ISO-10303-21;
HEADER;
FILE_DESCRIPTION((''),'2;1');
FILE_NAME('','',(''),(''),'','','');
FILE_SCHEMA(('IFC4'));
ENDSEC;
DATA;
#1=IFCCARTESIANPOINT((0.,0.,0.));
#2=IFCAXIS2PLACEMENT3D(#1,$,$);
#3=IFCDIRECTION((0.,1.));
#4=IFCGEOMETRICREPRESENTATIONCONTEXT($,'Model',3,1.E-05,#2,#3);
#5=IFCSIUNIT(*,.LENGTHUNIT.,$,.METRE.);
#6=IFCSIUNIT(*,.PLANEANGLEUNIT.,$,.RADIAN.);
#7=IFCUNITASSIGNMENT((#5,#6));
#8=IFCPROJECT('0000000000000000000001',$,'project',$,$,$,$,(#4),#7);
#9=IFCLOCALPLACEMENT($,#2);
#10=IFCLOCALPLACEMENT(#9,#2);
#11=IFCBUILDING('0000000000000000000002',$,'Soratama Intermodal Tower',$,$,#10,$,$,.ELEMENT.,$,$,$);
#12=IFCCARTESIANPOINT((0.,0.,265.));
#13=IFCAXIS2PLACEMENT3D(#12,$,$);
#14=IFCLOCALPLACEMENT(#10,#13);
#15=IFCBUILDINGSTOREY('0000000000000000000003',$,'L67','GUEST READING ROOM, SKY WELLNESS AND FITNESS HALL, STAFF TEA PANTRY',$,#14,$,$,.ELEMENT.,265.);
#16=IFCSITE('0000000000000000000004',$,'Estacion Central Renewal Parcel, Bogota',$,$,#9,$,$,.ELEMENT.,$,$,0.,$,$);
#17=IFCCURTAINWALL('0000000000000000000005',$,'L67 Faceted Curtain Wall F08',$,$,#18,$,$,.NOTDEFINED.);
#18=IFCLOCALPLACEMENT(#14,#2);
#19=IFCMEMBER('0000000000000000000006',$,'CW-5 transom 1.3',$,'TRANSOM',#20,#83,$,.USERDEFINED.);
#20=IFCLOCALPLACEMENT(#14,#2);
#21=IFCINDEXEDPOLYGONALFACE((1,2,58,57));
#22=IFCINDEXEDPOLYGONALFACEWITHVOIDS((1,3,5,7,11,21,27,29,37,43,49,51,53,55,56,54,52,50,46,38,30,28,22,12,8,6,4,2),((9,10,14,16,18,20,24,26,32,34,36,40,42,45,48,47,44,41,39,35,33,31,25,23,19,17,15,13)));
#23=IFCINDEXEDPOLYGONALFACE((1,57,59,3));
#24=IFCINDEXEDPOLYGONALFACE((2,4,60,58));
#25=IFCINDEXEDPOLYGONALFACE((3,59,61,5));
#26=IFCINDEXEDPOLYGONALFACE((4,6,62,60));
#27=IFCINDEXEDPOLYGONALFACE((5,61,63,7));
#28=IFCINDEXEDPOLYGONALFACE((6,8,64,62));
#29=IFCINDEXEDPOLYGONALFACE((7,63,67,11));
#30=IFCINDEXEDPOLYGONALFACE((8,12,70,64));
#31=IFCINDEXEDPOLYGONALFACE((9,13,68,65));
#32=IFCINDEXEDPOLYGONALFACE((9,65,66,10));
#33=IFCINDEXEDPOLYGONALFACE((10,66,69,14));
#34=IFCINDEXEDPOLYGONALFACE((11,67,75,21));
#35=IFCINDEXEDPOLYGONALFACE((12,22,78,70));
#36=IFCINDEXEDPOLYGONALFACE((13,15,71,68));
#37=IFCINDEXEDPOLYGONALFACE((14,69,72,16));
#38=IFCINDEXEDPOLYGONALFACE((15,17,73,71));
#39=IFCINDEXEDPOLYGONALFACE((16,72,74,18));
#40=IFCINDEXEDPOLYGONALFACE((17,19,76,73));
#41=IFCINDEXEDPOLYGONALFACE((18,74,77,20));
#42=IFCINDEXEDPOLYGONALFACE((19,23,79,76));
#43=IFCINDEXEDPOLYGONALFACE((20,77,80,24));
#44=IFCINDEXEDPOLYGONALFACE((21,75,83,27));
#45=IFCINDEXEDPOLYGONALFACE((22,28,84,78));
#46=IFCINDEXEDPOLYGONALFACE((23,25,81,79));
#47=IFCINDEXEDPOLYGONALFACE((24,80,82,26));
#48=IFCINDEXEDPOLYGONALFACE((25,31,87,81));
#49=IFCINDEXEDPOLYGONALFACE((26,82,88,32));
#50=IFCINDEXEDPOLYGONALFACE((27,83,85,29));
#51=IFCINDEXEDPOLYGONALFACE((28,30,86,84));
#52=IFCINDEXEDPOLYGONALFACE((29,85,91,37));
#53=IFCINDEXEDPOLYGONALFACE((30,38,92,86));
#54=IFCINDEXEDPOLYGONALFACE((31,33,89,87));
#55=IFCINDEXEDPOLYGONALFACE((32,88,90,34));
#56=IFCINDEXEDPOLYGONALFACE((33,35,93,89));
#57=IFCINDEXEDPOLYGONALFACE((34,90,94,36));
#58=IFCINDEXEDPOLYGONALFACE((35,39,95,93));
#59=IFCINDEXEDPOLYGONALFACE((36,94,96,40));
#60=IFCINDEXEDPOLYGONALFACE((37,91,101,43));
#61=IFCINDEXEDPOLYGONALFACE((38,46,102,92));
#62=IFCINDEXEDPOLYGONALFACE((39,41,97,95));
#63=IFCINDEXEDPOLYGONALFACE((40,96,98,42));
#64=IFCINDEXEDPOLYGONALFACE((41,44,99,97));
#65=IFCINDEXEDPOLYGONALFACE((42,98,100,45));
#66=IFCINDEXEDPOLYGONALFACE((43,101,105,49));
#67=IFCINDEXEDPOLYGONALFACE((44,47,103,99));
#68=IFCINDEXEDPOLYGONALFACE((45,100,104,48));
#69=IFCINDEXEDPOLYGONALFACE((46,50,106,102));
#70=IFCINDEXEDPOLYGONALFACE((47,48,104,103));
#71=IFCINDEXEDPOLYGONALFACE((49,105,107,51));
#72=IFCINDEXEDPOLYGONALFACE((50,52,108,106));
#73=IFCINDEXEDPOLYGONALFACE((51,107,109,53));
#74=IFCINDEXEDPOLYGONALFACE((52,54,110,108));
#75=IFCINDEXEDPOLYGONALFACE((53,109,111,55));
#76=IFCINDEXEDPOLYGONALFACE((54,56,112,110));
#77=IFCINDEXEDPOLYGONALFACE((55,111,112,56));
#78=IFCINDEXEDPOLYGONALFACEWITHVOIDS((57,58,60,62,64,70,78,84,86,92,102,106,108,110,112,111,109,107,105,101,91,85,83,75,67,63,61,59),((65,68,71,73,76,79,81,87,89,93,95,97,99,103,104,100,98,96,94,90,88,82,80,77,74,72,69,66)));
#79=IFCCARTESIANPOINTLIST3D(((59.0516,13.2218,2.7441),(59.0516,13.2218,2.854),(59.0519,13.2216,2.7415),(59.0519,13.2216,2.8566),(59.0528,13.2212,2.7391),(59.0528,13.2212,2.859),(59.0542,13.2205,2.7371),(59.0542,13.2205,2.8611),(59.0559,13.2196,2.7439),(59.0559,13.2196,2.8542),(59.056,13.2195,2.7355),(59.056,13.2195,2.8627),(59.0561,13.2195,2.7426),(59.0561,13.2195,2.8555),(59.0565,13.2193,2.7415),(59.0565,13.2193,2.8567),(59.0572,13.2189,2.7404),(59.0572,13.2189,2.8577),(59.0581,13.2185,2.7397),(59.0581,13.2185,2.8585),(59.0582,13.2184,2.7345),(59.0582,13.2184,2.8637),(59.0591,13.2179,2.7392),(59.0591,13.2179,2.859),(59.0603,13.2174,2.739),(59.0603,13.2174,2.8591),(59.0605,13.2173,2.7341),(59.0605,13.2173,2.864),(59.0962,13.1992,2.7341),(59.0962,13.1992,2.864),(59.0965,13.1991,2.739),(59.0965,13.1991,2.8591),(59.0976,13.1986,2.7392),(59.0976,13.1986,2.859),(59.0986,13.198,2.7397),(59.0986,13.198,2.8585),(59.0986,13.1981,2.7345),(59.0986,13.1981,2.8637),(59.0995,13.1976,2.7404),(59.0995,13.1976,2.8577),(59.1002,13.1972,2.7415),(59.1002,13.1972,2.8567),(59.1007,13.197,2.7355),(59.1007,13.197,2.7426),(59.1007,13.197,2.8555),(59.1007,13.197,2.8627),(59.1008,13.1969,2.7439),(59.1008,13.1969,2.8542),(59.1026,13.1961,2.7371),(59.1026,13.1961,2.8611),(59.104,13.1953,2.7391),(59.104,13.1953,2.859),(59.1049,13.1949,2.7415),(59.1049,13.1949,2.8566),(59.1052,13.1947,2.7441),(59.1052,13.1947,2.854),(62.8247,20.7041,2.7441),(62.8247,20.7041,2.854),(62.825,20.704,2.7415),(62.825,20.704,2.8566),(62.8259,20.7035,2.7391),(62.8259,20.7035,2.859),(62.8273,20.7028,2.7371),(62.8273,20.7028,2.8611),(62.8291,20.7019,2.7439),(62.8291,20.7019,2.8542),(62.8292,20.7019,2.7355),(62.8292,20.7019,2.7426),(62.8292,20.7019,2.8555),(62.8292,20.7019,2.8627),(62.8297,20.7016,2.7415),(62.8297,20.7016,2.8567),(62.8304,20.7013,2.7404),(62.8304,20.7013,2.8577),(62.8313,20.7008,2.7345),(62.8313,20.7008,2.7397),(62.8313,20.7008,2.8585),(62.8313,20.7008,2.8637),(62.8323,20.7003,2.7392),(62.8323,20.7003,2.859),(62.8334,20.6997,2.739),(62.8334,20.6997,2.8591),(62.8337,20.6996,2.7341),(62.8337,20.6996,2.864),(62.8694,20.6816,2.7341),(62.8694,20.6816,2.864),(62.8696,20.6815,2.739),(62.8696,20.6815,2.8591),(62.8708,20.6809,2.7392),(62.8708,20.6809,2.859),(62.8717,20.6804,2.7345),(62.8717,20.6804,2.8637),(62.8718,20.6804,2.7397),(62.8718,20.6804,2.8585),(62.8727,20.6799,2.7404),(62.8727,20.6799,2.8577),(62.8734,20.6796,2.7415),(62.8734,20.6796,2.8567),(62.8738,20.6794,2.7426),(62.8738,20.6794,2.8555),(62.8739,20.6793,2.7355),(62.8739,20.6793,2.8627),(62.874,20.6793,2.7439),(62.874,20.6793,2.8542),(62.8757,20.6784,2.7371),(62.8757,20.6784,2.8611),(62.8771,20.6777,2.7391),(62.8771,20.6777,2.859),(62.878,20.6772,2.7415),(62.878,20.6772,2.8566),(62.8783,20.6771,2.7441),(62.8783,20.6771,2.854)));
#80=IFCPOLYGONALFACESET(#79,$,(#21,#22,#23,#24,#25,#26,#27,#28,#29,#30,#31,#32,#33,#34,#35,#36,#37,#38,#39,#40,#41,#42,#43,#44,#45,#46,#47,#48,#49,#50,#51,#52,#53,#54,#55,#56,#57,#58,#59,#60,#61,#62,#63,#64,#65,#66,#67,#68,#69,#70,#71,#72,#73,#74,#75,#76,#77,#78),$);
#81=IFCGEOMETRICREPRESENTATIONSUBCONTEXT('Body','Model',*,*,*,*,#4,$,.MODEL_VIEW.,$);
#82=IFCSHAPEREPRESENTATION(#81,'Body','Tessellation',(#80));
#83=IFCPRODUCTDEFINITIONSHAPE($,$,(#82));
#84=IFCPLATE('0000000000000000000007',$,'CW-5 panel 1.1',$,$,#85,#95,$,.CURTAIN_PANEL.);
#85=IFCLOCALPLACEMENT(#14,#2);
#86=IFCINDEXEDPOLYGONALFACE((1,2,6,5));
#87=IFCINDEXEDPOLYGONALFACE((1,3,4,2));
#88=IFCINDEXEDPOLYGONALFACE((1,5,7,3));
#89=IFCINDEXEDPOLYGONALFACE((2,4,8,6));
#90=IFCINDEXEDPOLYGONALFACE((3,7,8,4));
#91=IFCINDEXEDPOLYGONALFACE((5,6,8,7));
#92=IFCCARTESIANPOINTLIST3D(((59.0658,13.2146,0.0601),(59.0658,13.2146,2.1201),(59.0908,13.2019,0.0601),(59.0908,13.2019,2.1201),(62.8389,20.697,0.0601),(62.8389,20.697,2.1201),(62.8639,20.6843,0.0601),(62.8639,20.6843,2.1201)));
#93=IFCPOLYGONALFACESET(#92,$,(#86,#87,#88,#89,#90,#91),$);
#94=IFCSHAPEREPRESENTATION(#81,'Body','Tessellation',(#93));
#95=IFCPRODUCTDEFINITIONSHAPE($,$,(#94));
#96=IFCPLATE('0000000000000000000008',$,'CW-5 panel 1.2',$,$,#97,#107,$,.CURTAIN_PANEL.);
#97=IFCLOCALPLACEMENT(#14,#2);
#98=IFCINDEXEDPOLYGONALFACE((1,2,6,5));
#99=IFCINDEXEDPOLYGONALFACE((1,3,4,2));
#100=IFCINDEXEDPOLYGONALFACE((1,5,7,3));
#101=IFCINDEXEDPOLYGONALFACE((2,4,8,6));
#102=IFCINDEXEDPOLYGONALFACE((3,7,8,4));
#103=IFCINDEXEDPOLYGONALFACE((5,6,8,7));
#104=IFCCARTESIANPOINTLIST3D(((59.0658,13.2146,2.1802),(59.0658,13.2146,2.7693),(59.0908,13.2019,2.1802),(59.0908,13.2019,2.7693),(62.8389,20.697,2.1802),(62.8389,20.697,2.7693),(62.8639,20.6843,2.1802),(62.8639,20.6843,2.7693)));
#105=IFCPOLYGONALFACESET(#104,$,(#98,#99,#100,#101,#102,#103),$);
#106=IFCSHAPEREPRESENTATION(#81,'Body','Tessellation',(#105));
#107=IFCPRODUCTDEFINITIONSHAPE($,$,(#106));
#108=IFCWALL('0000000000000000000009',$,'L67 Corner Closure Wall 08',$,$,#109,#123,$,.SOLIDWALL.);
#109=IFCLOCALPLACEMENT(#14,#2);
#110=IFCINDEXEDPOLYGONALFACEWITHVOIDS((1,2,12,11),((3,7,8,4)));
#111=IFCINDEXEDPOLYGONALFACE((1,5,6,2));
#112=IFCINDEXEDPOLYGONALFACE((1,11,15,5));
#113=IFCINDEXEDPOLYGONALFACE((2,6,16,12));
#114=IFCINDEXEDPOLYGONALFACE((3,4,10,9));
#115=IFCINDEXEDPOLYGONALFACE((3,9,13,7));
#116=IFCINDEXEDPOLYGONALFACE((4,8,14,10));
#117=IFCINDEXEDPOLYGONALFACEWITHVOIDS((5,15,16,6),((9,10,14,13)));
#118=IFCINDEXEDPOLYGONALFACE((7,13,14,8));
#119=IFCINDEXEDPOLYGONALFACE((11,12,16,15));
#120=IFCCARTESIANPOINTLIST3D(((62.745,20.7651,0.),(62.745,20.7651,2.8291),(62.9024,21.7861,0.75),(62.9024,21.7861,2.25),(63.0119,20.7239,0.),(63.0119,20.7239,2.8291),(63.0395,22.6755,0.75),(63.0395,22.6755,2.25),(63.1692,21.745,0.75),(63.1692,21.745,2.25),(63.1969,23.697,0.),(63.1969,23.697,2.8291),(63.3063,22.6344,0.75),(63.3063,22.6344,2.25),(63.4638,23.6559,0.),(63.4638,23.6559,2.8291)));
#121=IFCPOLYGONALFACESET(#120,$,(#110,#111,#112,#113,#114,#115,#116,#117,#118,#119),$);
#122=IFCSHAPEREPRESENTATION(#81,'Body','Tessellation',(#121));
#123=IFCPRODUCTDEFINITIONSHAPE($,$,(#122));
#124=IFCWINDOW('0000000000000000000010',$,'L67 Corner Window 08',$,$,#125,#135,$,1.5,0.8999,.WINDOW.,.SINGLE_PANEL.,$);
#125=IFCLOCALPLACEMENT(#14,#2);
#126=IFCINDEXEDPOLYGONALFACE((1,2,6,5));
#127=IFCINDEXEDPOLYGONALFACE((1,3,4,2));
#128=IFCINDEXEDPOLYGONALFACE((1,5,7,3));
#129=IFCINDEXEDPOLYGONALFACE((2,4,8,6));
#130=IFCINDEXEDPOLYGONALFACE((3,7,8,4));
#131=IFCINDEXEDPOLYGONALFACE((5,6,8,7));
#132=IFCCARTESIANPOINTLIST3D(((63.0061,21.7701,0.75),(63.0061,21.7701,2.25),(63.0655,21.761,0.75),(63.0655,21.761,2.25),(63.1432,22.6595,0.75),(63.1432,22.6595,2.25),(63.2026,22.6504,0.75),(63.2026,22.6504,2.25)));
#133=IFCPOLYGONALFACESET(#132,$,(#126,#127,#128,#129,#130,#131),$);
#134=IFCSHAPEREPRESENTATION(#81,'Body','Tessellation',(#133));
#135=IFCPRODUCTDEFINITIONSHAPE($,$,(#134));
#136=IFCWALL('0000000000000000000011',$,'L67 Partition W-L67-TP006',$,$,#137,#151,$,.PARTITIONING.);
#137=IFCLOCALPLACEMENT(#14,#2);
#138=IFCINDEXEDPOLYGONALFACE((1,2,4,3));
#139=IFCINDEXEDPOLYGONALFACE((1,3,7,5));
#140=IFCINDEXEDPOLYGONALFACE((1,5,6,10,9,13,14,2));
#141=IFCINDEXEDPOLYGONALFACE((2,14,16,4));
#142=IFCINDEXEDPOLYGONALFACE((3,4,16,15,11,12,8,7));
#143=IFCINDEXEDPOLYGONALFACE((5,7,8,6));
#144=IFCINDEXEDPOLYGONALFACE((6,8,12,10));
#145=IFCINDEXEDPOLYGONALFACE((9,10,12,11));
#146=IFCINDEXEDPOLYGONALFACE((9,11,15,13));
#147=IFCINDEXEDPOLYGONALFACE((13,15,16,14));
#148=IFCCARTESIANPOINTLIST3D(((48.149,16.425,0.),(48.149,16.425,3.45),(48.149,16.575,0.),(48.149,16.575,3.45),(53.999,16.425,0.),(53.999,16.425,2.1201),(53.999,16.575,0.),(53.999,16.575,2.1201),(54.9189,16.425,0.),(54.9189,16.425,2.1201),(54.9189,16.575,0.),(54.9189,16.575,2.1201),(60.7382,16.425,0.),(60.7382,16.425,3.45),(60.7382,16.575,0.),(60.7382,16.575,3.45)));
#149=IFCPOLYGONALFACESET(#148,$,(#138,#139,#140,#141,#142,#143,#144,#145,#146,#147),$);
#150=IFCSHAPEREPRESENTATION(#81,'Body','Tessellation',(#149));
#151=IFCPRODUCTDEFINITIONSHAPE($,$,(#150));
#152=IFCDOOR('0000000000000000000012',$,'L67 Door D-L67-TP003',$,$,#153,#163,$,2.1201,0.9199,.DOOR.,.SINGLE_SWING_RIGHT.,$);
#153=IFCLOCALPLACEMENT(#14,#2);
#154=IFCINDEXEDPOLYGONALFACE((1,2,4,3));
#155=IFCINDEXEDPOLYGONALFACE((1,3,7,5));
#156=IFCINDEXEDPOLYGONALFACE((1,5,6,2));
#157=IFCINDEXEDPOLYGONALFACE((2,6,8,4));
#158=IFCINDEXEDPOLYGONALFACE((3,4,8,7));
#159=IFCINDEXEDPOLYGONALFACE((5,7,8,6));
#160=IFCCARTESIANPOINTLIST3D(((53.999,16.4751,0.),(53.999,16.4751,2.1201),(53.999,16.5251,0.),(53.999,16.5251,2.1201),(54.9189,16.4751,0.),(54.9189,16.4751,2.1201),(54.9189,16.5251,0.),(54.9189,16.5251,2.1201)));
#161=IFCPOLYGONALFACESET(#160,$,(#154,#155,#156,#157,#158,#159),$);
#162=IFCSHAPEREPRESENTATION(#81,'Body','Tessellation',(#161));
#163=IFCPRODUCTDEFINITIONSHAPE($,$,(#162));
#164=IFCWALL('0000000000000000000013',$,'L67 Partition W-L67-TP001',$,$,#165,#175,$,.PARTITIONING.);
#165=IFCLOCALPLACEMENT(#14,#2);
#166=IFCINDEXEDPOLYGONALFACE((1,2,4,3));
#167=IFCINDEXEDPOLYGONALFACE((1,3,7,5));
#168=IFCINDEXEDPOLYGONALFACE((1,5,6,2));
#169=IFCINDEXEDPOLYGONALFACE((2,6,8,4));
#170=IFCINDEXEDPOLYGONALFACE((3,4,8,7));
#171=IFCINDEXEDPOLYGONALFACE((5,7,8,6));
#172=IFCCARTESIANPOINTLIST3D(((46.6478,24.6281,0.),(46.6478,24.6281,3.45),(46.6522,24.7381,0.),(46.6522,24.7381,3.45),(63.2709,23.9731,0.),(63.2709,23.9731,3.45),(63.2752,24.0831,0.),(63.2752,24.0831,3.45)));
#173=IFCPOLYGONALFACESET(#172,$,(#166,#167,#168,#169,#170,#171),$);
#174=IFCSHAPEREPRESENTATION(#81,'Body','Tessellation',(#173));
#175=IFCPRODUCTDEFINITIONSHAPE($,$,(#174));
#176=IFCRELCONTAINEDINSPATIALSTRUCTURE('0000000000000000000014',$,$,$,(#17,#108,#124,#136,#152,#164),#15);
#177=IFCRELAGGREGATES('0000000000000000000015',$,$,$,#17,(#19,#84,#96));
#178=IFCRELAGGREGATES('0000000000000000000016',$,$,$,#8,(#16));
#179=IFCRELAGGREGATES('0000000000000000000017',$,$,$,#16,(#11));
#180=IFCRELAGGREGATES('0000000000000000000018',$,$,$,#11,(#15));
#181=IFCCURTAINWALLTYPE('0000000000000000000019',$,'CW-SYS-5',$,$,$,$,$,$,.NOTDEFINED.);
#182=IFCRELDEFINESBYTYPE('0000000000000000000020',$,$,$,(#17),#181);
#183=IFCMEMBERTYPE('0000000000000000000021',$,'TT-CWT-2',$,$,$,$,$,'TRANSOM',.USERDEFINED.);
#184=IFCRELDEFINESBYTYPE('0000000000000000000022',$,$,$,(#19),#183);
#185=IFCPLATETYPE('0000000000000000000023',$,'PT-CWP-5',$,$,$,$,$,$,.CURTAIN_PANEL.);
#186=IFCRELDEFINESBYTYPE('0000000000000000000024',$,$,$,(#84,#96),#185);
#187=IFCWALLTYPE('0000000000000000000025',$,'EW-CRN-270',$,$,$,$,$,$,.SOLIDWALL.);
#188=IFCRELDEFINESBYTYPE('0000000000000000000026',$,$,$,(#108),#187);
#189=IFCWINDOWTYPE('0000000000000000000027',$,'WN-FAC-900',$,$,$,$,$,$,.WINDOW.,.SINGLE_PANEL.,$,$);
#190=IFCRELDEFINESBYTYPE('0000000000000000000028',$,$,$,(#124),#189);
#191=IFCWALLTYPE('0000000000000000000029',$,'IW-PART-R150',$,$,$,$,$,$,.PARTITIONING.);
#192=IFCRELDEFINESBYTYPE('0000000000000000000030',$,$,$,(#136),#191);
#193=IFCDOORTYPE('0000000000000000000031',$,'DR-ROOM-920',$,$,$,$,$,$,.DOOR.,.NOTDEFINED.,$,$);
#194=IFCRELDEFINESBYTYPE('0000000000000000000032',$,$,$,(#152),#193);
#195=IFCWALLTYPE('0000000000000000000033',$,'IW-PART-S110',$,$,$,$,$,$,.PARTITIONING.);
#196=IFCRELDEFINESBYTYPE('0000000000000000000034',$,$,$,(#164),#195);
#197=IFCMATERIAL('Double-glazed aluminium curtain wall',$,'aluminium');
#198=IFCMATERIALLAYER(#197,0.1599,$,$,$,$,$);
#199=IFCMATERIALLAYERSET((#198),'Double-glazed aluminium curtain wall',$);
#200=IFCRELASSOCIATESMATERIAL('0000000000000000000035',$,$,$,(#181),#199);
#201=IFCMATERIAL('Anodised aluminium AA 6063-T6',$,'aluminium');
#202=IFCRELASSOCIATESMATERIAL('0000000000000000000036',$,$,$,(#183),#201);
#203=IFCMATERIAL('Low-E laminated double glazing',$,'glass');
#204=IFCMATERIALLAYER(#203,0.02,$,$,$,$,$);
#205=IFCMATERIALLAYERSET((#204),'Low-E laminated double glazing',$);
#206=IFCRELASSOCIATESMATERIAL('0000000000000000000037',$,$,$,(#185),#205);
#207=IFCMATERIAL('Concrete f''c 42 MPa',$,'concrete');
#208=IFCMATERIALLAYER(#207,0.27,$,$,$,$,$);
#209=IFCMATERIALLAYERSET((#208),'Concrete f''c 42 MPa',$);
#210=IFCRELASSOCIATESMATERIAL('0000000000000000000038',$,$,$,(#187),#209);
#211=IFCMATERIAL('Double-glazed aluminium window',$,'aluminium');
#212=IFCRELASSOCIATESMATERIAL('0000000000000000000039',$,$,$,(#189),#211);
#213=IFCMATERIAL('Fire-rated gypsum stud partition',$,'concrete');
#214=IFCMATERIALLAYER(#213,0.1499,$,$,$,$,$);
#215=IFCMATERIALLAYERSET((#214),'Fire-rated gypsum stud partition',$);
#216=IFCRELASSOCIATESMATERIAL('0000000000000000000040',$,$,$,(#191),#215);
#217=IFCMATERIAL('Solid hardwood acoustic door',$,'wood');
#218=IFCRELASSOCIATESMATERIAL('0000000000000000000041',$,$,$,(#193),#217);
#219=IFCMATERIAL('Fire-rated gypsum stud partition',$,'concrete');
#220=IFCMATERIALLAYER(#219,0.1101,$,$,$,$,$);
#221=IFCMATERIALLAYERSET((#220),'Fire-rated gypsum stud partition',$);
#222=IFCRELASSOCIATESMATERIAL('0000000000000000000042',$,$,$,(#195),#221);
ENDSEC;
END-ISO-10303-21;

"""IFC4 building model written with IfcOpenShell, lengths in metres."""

from ifc_helpers import new_model, si_unit, direction, frame, frame_2d, origin, origin_2d, place, context, subcontext, project, spatial, rectangle, hollow_rectangle, extrude, material, layer, layer_set, material_profile, profile_set, type_object, element, fill, aggregate, save


model = new_model("IFC4")

# Units and contexts
model_context = context("Model", 3, precision=1e-05, world=origin(), true_north=direction((0.0, 1.0)))
body_context = subcontext(model_context, "Body", "Model", "MODEL_VIEW")
ifc_project = project(units=[si_unit("LENGTHUNIT", "METRE"), si_unit("PLANEANGLEUNIT", "RADIAN")], contexts=[model_context])

# Site, building, storey
site_placement = place(None, origin())
site = spatial("IfcSite", under=ifc_project, at=site_placement, Name="Estacion Central Renewal Parcel, Bogota", CompositionType="ELEMENT", RefElevation=0.0)
building_placement = place(site_placement, origin())
building = spatial("IfcBuilding", under=site, at=building_placement, Name="Soratama Intermodal Tower", CompositionType="ELEMENT")
storey_placement = place(building_placement, frame((0.0, 0.0, 265.0)))
storey = spatial("IfcBuildingStorey", under=building, at=storey_placement, Name="L67", Description="GUEST READING ROOM, SKY WELLNESS AND FITNESS HALL, STAFF TEA PANTRY", CompositionType="ELEMENT", Elevation=265.0)

# Curtain wall, member, plates
ifc_material_1 = material(Name="Double-glazed aluminium curtain wall", Category="aluminium")
ifc_layer_1 = layer(ifc_material_1, 0.1599)
ifc_layer_set_1 = layer_set([ifc_layer_1], Name="Double-glazed aluminium curtain wall")
curtain_wall_type = type_object("IfcCurtainWallType", Name="CW-SYS-5", PredefinedType="NOTDEFINED", material=ifc_layer_set_1)
curtain_wall_placement = place(storey_placement, origin())
curtain_wall = element("IfcCurtainWall", 1, at=curtain_wall_placement, inside=storey, type_object=curtain_wall_type, Name="L67 Faceted Curtain Wall F08", PredefinedType="NOTDEFINED")
ifc_material_2 = material(Name="Anodised aluminium AA 6063-T6", Category="aluminium")
ifc_material_profile_1 = material_profile(ifc_material_2, hollow_rectangle(XDim=0.0601, YDim=0.1299, WallThickness=0.0049, InnerFilletRadius=0.0049, OuterFilletRadius=0.01, at=origin_2d()), Name="CWT130X60X5")
ifc_profile_set_1 = profile_set([ifc_material_profile_1], Name="Anodised aluminium AA 6063-T6")
member_type_1 = type_object("IfcMemberType", Name="TT-CWT-2", ElementType="TRANSOM", PredefinedType="USERDEFINED", material=ifc_profile_set_1)
member_1_placement = place(storey_placement, frame((59.0784, 13.2083, 2.7991), z_axis=(0.450264, 0.892895, 0.0), x_axis=(-0.892895, 0.450264, 0.0)))
member_1 = element("IfcMember", 2, at=member_1_placement, type_object=member_type_1, Name="CW-5 transom 1.3", ObjectType="TRANSOM", PredefinedType="USERDEFINED", context=body_context, shape_type="SweptSolid", body=[
    extrude(hollow_rectangle(XDim=0.0601, YDim=0.1299, WallThickness=0.0049, InnerFilletRadius=0.0049, OuterFilletRadius=0.01, at=origin_2d()), origin(), (0.0, 0.0, 1.0), 8.3799),
])
ifc_material_3 = material(Name="Low-E laminated double glazing", Category="glass")
ifc_layer_2 = layer(ifc_material_3, 0.02)
ifc_layer_set_2 = layer_set([ifc_layer_2], Name="Low-E laminated double glazing")
plate_type = type_object("IfcPlateType", Name="PT-CWP-5", PredefinedType="CURTAIN_PANEL", material=ifc_layer_set_2)
plate_1_placement = place(storey_placement, frame((60.9648, 16.9495, 0.0601), z_axis=(0.0, 0.0, 1.0), x_axis=(0.450256, 0.8929, 0.0)))
plate_1 = element("IfcPlate", 3, at=plate_1_placement, type_object=plate_type, Name="CW-5 panel 1.1", PredefinedType="CURTAIN_PANEL", context=body_context, shape_type="SweptSolid", body=[
    extrude(rectangle(XDim=8.3799, YDim=0.0281, at=origin_2d()), origin(), (0.0, 0.0, 1.0), 2.0601),
])
plate_2_placement = place(storey_placement, frame((60.9648, 16.9495, 2.1802), z_axis=(0.0, 0.0, 1.0), x_axis=(0.450256, 0.8929, 0.0)))
plate_2 = element("IfcPlate", 4, at=plate_2_placement, type_object=plate_type, Name="CW-5 panel 1.2", PredefinedType="CURTAIN_PANEL", context=body_context, shape_type="SweptSolid", body=[
    extrude(rectangle(XDim=8.3799, YDim=0.0281, at=origin_2d()), origin(), (0.0, 0.0, 1.0), 0.5891),
])
aggregate(curtain_wall, [member_1, plate_1, plate_2])

# Wall, opening, window
ifc_material_4 = material(Name="Concrete f'c 42 MPa", Category="concrete")
ifc_layer_3 = layer(ifc_material_4, 0.27)
ifc_layer_set_3 = layer_set([ifc_layer_3], Name="Concrete f'c 42 MPa")
wall_type_1 = type_object("IfcWallType", Name="EW-CRN-270", PredefinedType="SOLIDWALL", material=ifc_layer_set_3)
wall_1_placement = place(storey_placement, frame((62.8784, 20.7444, 0.0), z_axis=(0.0, 0.0, 1.0), x_axis=(0.152335, 0.988329, 0.0)))
wall_1 = element("IfcWall", 5, at=wall_1_placement, inside=storey, type_object=wall_type_1, Name="L67 Corner Closure Wall 08", PredefinedType="SOLIDWALL", context=body_context, shape_type="SweptSolid", body=[
    extrude(rectangle(XDim=2.9666, YDim=0.27, at=frame_2d((1.4834, 0.0))), origin(), (0.0, 0.0, 1.0), 2.8291),
])
opening_1_placement = place(wall_1_placement, frame((1.0332, 0.0, 0.75)))
opening_1 = element("IfcOpeningElement", 6, at=opening_1_placement, cuts=wall_1, PredefinedType="OPENING", context=body_context, shape_type="SweptSolid", body=[
    extrude(rectangle(XDim=0.8999, YDim=1.5, at=frame_2d((0.45, 0.75))), frame((0.0, 0.145, 0.0), z_axis=(0.0, -1.0, 0.0), x_axis=(1.0, 0.0, 0.0)), (0.0, 0.0, 1.0), 0.29),
])
ifc_material_5 = material(Name="Double-glazed aluminium window", Category="aluminium")
window_type_1 = type_object("IfcWindowType", Name="WN-FAC-900", PartitioningType="SINGLE_PANEL", PredefinedType="WINDOW", material=ifc_material_5)
window_1_placement = place(opening_1_placement, origin())
window_1 = element("IfcWindow", 7, at=window_1_placement, inside=storey, type_object=window_type_1, Name="L67 Corner Window 08", OverallHeight=1.5, OverallWidth=0.8999, PartitioningType="SINGLE_PANEL", PredefinedType="WINDOW", context=body_context, shape_type="SweptSolid", body=[
    extrude(rectangle(XDim=0.8999, YDim=1.5, at=frame_2d((0.45, 0.75))), frame((0.0, 0.03, 0.0), z_axis=(0.0, -1.0, 0.0), x_axis=(1.0, 0.0, 0.0)), (0.0, 0.0, 1.0), 0.0601),
])
fill(opening_1, window_1)

# Wall, opening, door
ifc_material_6 = material(Name="Fire-rated gypsum stud partition", Category="concrete")
ifc_layer_4 = layer(ifc_material_6, 0.1499)
ifc_layer_set_4 = layer_set([ifc_layer_4], Name="Fire-rated gypsum stud partition")
wall_type_2 = type_object("IfcWallType", Name="IW-PART-R150", PredefinedType="PARTITIONING", material=ifc_layer_set_4)
wall_2_placement = place(storey_placement, frame((60.738, 16.5, 0.0), z_axis=(0.0, 0.0, 1.0), x_axis=(-1.0, 0.0, 0.0)))
wall_2 = element("IfcWall", 8, at=wall_2_placement, inside=storey, type_object=wall_type_2, Name="L67 Partition W-L67-TP006", PredefinedType="PARTITIONING", context=body_context, shape_type="SweptSolid", body=[
    extrude(rectangle(XDim=12.5891, YDim=0.1499, at=frame_2d((6.2944, 0.0))), origin(), (0.0, 0.0, 1.0), 3.45),
])
opening_2_placement = place(wall_2_placement, frame((5.8191, 0.0, 0.0)))
opening_2 = element("IfcOpeningElement", 9, at=opening_2_placement, cuts=wall_2, PredefinedType="OPENING", context=body_context, shape_type="SweptSolid", body=[
    extrude(rectangle(XDim=0.9199, YDim=2.1201, at=frame_2d((0.46, 1.0601))), frame((0.0, 0.085, 0.0), z_axis=(0.0, -1.0, 0.0), x_axis=(1.0, 0.0, 0.0)), (0.0, 0.0, 1.0), 0.1699),
])
ifc_material_7 = material(Name="Solid hardwood acoustic door", Category="wood")
door_type_1 = type_object("IfcDoorType", Name="DR-ROOM-920", OperationType="NOTDEFINED", PredefinedType="DOOR", material=ifc_material_7)
door_1_placement = place(opening_2_placement, origin())
door_1 = element("IfcDoor", 10, at=door_1_placement, inside=storey, type_object=door_type_1, Name="L67 Door D-L67-TP003", OperationType="SINGLE_SWING_RIGHT", OverallHeight=2.1201, OverallWidth=0.9199, PredefinedType="DOOR", context=body_context, shape_type="SweptSolid", body=[
    extrude(rectangle(XDim=0.9199, YDim=2.1201, at=frame_2d((0.46, 1.0601))), frame((0.0, 0.0249, 0.0), z_axis=(0.0, -1.0, 0.0), x_axis=(1.0, 0.0, 0.0)), (0.0, 0.0, 1.0), 0.05),
])
fill(opening_2, door_1)

# Wall
ifc_material_8 = material(Name="Fire-rated gypsum stud partition", Category="concrete")
ifc_layer_5 = layer(ifc_material_8, 0.1101)
ifc_layer_set_5 = layer_set([ifc_layer_5], Name="Fire-rated gypsum stud partition")
wall_type_3 = type_object("IfcWallType", Name="IW-PART-S110", PredefinedType="PARTITIONING", material=ifc_layer_set_5)
wall_3_placement = place(storey_placement, frame((63.2729, 24.0281, 0.0), z_axis=(0.0, 0.0, 1.0), x_axis=(-0.999225, 0.039374, 0.0)))
element("IfcWall", 11, at=wall_3_placement, inside=storey, type_object=wall_type_3, Name="L67 Partition W-L67-TP001", PredefinedType="PARTITIONING", context=body_context, shape_type="SweptSolid", body=[
    extrude(rectangle(XDim=16.636, YDim=0.1101, at=frame_2d((8.3179, 0.0))), origin(), (0.0, 0.0, 1.0), 3.45),
])

save(model, "model.ifc")
